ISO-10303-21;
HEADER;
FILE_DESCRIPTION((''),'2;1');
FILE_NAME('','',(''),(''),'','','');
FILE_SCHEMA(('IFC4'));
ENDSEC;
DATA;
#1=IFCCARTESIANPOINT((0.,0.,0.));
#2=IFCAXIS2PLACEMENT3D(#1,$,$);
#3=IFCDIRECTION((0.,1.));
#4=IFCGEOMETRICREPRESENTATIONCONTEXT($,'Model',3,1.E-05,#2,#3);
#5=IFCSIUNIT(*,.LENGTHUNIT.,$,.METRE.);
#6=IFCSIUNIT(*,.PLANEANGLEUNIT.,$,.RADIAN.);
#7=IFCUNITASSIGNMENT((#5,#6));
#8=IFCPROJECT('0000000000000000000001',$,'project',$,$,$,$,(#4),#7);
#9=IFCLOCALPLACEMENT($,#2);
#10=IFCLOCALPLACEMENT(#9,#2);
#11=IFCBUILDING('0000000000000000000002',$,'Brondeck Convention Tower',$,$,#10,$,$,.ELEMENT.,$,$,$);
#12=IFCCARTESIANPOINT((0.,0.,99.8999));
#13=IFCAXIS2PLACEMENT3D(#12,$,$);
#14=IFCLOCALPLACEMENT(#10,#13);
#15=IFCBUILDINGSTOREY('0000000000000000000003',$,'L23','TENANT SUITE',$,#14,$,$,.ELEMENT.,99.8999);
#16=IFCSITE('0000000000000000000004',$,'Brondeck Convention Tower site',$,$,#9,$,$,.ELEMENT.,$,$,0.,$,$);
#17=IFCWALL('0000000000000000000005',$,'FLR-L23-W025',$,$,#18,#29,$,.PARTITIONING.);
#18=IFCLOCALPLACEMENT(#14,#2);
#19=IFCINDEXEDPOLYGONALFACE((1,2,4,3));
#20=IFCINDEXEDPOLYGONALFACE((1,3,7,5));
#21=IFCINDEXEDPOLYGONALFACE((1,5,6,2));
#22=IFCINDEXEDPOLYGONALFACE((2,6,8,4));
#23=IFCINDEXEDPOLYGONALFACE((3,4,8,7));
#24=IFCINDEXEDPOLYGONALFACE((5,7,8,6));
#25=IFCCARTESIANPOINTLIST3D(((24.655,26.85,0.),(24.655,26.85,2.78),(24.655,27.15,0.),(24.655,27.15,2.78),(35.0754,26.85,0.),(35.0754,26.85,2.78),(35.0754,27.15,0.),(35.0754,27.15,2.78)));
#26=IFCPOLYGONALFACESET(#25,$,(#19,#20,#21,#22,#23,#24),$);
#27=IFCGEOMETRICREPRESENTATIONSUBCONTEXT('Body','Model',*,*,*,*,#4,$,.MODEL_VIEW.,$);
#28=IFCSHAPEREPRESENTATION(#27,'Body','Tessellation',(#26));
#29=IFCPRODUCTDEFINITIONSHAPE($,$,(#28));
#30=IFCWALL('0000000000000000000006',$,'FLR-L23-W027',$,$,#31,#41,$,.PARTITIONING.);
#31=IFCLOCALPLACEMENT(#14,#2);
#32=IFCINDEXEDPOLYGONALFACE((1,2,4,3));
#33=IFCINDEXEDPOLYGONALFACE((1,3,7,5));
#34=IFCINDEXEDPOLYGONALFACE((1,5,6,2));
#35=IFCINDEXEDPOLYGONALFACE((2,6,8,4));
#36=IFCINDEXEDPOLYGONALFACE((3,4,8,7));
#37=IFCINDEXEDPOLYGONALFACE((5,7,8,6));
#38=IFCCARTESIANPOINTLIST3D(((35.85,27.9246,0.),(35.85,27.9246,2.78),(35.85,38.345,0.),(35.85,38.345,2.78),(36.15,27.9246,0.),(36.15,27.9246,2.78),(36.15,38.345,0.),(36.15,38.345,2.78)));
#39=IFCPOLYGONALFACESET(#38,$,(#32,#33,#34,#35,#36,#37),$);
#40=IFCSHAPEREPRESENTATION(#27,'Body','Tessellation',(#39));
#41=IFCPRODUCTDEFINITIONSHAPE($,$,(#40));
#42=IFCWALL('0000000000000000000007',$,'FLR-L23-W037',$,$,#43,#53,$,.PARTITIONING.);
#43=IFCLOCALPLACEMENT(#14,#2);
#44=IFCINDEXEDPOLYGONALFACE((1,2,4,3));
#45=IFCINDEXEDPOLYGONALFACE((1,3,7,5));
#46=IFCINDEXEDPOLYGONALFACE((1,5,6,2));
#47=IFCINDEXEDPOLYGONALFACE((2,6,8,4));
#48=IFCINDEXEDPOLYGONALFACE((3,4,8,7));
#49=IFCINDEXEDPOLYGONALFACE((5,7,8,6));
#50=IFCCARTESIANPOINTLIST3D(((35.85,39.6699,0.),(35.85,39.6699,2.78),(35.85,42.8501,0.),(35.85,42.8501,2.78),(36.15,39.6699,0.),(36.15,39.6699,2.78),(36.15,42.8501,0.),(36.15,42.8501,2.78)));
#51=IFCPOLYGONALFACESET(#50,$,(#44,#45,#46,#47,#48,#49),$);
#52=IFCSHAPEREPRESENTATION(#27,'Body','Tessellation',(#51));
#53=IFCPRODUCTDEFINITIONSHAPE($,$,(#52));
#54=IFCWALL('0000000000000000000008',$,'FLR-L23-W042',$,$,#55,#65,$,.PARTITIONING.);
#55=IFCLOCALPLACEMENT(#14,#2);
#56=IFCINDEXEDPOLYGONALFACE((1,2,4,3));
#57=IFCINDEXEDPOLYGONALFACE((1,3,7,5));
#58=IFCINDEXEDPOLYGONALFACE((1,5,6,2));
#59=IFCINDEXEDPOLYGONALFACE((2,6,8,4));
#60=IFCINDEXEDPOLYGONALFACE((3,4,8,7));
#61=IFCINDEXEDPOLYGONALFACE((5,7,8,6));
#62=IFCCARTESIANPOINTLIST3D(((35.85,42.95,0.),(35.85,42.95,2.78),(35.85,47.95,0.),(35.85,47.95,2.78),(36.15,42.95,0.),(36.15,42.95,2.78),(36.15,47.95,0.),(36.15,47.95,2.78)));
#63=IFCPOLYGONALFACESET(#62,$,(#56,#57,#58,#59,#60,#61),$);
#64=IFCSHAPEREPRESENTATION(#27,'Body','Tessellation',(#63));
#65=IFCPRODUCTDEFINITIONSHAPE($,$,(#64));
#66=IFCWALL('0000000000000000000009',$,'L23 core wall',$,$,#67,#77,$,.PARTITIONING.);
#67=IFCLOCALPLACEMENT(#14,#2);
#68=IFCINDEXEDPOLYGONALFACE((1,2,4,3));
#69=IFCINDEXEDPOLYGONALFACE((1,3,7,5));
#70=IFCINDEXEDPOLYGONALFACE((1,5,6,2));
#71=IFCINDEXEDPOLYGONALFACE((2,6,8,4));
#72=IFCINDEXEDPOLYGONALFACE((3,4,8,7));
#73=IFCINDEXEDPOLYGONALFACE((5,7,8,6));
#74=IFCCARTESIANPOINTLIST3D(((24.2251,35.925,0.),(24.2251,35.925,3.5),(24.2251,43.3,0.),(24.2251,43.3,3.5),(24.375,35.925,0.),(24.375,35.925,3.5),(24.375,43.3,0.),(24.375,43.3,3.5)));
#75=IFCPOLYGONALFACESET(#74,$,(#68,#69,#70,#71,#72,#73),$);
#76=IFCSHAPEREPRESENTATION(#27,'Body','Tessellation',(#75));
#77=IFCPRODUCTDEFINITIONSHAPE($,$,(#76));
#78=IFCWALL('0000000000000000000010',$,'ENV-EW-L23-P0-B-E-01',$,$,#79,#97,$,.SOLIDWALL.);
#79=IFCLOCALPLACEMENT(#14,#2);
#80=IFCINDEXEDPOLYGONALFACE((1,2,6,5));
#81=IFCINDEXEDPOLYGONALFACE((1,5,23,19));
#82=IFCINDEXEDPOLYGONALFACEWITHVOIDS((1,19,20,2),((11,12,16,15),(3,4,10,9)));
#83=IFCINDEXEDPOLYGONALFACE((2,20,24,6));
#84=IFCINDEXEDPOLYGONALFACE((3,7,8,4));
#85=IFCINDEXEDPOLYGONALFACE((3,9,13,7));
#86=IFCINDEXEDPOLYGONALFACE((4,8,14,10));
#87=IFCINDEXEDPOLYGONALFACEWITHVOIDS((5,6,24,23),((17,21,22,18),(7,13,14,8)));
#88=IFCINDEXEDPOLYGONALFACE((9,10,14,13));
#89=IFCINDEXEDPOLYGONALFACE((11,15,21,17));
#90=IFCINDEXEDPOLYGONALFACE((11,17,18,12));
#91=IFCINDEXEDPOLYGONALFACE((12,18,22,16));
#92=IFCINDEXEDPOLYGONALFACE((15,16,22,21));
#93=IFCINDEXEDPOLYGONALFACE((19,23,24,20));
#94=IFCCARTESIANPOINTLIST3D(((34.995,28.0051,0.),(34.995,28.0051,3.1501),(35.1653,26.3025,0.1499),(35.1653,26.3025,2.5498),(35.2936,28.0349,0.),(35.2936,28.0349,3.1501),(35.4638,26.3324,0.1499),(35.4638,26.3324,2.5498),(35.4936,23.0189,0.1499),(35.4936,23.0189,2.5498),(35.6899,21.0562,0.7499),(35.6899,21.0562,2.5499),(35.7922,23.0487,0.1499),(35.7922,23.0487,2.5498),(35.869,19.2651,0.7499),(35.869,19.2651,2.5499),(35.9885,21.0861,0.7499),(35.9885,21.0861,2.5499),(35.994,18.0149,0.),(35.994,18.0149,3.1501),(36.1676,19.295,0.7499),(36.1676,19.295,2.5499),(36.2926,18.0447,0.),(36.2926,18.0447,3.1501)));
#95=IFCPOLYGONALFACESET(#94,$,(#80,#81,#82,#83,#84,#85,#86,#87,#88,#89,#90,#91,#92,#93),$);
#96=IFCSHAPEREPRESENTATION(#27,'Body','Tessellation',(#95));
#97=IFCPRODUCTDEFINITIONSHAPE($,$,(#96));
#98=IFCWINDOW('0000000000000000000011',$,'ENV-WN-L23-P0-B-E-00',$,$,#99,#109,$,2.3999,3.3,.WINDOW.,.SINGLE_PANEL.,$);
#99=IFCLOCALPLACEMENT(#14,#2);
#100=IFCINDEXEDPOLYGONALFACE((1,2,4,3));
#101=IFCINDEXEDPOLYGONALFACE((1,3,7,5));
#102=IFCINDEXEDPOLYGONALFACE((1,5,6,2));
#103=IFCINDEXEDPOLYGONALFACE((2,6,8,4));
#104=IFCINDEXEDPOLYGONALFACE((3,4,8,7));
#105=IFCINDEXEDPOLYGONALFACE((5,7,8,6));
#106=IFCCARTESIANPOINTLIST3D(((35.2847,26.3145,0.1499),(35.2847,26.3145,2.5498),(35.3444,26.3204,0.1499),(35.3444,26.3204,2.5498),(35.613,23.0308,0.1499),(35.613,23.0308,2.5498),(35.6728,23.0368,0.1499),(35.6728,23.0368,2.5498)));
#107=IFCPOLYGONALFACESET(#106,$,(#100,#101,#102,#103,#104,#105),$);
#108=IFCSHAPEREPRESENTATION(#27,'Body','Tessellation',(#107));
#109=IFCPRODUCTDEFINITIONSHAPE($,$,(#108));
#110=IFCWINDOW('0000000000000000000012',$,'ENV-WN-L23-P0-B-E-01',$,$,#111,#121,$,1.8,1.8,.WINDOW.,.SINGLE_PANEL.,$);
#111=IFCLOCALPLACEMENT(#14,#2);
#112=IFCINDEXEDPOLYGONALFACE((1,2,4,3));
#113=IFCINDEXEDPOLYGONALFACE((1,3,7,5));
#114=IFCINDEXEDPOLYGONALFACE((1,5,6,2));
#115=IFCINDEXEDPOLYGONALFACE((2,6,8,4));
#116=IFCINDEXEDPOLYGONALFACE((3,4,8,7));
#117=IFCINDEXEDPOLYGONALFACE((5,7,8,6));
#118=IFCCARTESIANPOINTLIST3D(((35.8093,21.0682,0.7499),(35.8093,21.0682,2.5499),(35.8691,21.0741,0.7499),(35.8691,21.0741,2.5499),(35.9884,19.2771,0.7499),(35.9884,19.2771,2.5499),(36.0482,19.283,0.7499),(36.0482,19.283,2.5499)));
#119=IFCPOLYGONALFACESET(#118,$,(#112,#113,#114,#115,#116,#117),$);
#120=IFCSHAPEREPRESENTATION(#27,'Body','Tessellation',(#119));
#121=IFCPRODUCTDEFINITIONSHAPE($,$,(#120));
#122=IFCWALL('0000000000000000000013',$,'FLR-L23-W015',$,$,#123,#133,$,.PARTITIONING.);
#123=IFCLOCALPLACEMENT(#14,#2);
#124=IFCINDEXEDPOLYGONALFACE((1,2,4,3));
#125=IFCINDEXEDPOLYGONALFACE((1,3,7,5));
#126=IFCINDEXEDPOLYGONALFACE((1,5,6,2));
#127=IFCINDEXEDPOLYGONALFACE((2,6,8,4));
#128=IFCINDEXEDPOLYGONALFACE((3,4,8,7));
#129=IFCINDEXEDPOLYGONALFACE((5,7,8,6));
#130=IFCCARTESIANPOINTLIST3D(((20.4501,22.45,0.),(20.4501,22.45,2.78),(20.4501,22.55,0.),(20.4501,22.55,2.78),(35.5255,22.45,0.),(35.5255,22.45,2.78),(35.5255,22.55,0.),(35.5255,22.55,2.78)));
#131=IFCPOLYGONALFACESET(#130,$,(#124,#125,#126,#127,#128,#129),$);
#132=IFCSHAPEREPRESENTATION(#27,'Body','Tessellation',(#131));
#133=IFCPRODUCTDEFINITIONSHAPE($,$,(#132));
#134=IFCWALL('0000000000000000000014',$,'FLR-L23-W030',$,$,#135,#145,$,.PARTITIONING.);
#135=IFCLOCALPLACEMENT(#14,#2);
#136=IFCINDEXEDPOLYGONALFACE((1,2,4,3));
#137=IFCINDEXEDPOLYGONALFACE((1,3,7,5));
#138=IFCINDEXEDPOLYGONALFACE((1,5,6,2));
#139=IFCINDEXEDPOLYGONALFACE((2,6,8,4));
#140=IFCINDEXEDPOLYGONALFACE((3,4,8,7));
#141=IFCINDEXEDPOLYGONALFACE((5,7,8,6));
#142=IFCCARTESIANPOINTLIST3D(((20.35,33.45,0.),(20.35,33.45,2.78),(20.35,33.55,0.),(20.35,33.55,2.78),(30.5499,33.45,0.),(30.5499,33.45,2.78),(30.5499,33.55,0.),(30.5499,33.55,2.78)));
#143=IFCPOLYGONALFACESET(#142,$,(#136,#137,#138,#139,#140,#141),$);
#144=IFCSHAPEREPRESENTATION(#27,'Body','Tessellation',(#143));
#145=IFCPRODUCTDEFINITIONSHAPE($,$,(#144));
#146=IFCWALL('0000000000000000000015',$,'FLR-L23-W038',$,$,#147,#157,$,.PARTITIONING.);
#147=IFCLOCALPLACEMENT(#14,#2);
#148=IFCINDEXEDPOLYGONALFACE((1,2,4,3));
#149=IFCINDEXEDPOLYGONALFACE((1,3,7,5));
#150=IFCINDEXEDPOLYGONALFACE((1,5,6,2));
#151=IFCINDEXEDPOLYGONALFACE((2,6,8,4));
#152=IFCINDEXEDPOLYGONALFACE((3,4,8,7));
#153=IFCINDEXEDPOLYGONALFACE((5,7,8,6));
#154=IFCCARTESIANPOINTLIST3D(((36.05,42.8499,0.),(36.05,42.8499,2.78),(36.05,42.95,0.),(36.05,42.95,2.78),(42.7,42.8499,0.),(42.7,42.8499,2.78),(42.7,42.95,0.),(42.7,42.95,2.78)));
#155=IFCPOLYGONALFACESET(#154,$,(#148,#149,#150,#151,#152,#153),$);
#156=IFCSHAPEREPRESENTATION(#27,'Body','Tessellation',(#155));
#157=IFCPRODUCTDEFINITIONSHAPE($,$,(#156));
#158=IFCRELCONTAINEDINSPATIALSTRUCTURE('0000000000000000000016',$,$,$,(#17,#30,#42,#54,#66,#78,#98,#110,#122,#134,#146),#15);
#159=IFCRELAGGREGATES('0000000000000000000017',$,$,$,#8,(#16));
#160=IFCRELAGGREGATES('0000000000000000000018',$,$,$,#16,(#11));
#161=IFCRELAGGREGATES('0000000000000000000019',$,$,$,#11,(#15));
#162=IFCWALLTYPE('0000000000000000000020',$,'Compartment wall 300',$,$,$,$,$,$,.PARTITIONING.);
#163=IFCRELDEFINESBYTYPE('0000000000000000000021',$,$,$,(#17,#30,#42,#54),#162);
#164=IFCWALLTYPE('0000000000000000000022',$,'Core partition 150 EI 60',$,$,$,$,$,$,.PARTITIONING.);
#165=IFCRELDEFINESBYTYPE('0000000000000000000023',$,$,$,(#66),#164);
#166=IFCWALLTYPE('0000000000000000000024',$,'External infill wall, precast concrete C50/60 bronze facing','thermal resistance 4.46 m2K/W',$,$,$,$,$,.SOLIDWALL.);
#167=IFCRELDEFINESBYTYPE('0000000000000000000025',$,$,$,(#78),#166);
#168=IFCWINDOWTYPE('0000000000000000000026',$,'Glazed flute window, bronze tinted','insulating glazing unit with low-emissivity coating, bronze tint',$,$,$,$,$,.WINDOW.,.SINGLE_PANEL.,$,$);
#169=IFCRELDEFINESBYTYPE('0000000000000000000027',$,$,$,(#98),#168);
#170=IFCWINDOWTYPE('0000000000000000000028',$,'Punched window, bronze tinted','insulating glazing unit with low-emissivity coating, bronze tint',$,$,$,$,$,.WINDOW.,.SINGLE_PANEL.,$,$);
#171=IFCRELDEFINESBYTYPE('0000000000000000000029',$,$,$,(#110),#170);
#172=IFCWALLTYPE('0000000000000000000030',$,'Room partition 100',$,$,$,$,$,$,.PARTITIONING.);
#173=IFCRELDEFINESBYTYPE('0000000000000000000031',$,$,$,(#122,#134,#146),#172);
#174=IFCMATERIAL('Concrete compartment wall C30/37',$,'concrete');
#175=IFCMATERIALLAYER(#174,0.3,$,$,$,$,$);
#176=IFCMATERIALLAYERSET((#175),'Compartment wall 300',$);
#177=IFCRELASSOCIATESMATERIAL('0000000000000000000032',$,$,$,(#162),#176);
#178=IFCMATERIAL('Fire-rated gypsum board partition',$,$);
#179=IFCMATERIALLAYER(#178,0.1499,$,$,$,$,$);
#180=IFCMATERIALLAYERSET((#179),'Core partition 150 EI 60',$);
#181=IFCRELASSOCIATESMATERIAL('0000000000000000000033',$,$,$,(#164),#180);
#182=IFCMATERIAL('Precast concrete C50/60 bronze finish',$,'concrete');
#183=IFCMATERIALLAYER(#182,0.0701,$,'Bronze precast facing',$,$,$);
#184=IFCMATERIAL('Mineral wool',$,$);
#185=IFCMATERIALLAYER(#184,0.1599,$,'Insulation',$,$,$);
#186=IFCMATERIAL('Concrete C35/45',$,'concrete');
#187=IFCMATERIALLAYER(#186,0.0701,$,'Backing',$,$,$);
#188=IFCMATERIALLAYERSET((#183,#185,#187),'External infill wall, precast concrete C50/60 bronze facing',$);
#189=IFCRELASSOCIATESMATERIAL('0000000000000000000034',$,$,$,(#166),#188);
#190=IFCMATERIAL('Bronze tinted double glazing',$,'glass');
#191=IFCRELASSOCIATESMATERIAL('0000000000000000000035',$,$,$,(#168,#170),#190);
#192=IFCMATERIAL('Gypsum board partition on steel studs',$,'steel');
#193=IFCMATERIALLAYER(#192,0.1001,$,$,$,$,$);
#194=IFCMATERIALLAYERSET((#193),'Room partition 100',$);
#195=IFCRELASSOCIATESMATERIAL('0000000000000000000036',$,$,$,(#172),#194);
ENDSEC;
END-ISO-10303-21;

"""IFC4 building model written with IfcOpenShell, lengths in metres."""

from ifc_helpers import new_model, si_unit, direction, frame, frame_2d, origin, place, context, subcontext, project, spatial, rectangle, extrude, material, layer, layer_set, type_object, element, fill, save


model = new_model("IFC4")

# Units and contexts
model_context = context("Model", 3, precision=1e-05, world=origin(), true_north=direction((0.0, 1.0)))
body_context = subcontext(model_context, "Body", "Model", "MODEL_VIEW")
ifc_project = project(units=[si_unit("LENGTHUNIT", "METRE"), si_unit("PLANEANGLEUNIT", "RADIAN")], contexts=[model_context])

# Site, building, storey
site_placement = place(None, origin())
site = spatial("IfcSite", under=ifc_project, at=site_placement, Name="Brondeck Convention Tower site", CompositionType="ELEMENT", RefElevation=0.0)
building_placement = place(site_placement, origin())
building = spatial("IfcBuilding", under=site, at=building_placement, Name="Brondeck Convention Tower", CompositionType="ELEMENT")
storey_placement = place(building_placement, frame((0.0, 0.0, 99.8999)))
storey = spatial("IfcBuildingStorey", under=building, at=storey_placement, Name="L23", Description="TENANT SUITE", CompositionType="ELEMENT", Elevation=99.8999)

# Walls
ifc_material_1 = material(Name="Concrete compartment wall C30/37", Category="concrete")
ifc_layer_1 = layer(ifc_material_1, 0.3)
ifc_layer_set_1 = layer_set([ifc_layer_1], Name="Compartment wall 300")
wall_type_1 = type_object("IfcWallType", Name="Compartment wall 300", PredefinedType="PARTITIONING", material=ifc_layer_set_1)
for number, where, z_axis, x_axis, name in (
    (1, (24.655, 27.0, 0.0), (0.0, 0.0, 1.0), (1.0, 0.0, 0.0), "FLR-L23-W025"),
    (2, (36.0, 27.9246, 0.0), (0.0, 0.0, 1.0), (0.0, 1.0, 0.0), "FLR-L23-W027"),
):
    element("IfcWall", number, at=place(storey_placement, frame(where, z_axis=z_axis, x_axis=x_axis)), inside=storey, type_object=wall_type_1, Name=name, PredefinedType="PARTITIONING", context=body_context, shape_type="SweptSolid", body=[
        extrude(rectangle(XDim=10.4204, YDim=0.3, at=frame_2d((5.2102, 0.0))), origin(), (0.0, 0.0, 1.0), 2.78),
    ])
wall_1_placement = place(storey_placement, frame((36.0, 39.6699, 0.0), z_axis=(0.0, 0.0, 1.0), x_axis=(0.0, 1.0, 0.0)))
element("IfcWall", 3, at=wall_1_placement, inside=storey, type_object=wall_type_1, Name="FLR-L23-W037", PredefinedType="PARTITIONING", context=body_context, shape_type="SweptSolid", body=[
    extrude(rectangle(XDim=3.1802, YDim=0.3, at=frame_2d((1.5901, 0.0))), origin(), (0.0, 0.0, 1.0), 2.78),
])
wall_2_placement = place(storey_placement, frame((36.0, 42.95, 0.0), z_axis=(0.0, 0.0, 1.0), x_axis=(0.0, 1.0, 0.0)))
element("IfcWall", 4, at=wall_2_placement, inside=storey, type_object=wall_type_1, Name="FLR-L23-W042", PredefinedType="PARTITIONING", context=body_context, shape_type="SweptSolid", body=[
    extrude(rectangle(XDim=5.0, YDim=0.3, at=frame_2d((2.5, 0.0))), origin(), (0.0, 0.0, 1.0), 2.78),
])
ifc_material_2 = material(Name="Fire-rated gypsum board partition")
ifc_layer_2 = layer(ifc_material_2, 0.1499)
ifc_layer_set_2 = layer_set([ifc_layer_2], Name="Core partition 150 EI 60")
wall_type_2 = type_object("IfcWallType", Name="Core partition 150 EI 60", PredefinedType="PARTITIONING", material=ifc_layer_set_2)
wall_3_placement = place(storey_placement, frame((24.3, 35.925, 0.0), z_axis=(0.0, 0.0, 1.0), x_axis=(0.0, 1.0, 0.0)))
element("IfcWall", 5, at=wall_3_placement, inside=storey, type_object=wall_type_2, Name="L23 core wall", PredefinedType="PARTITIONING", context=body_context, shape_type="SweptSolid", body=[
    extrude(rectangle(XDim=7.375, YDim=0.1499, at=frame_2d((3.6875, 0.0))), origin(), (0.0, 0.0, 1.0), 3.5),
])

# Wall, openings, windows
ifc_material_3 = material(Name="Precast concrete C50/60 bronze finish", Category="concrete")
ifc_layer_3 = layer(ifc_material_3, 0.0701, Name="Bronze precast facing")
ifc_material_4 = material(Name="Mineral wool")
ifc_layer_4 = layer(ifc_material_4, 0.1599, Name="Insulation")
ifc_material_5 = material(Name="Concrete C35/45", Category="concrete")
ifc_layer_5 = layer(ifc_material_5, 0.0701, Name="Backing")
ifc_layer_set_3 = layer_set([ifc_layer_3, ifc_layer_4, ifc_layer_5], Name="External infill wall, precast concrete C50/60 bronze facing")
wall_type_3 = type_object("IfcWallType", Name="External infill wall, precast concrete C50/60 bronze facing", Description="thermal resistance 4.46 m2K/W", PredefinedType="SOLIDWALL", material=ifc_layer_set_3)
wall_4_placement = place(storey_placement, frame((35.1443, 28.02, 0.0), z_axis=(0.0, 0.0, 1.0), x_axis=(0.099504, -0.995037, 0.0)))
wall_4 = element("IfcWall", 6, at=wall_4_placement, inside=storey, type_object=wall_type_3, Name="ENV-EW-L23-P0-B-E-01", PredefinedType="SOLIDWALL", context=body_context, shape_type="SweptSolid", body=[
    extrude(rectangle(XDim=10.04, YDim=0.3, at=frame_2d((5.02, 0.0))), origin(), (0.0, 0.0, 1.0), 3.1501),
])
opening_1_placement = place(wall_4_placement, frame((1.7112, 0.0, 0.1499)))
opening_1 = element("IfcOpeningElement", 7, at=opening_1_placement, cuts=wall_4, PredefinedType="OPENING", context=body_context, shape_type="SweptSolid", body=[
    extrude(rectangle(XDim=3.3, YDim=2.3999, at=frame_2d((1.6499, 1.2))), frame((0.0, 0.1599, 0.0), z_axis=(0.0, -1.0, 0.0), x_axis=(1.0, 0.0, 0.0)), (0.0, 0.0, 1.0), 0.3201),
])
opening_2_placement = place(wall_4_placement, frame((6.9836, 0.0, 0.75)))
opening_2 = element("IfcOpeningElement", 8, at=opening_2_placement, cuts=wall_4, PredefinedType="OPENING", context=body_context, shape_type="SweptSolid", body=[
    extrude(rectangle(XDim=1.8, YDim=1.8, at=frame_2d((0.8999, 0.8999))), frame((0.0, 0.1599, 0.0), z_axis=(0.0, -1.0, 0.0), x_axis=(1.0, 0.0, 0.0)), (0.0, 0.0, 1.0), 0.3201),
])
ifc_material_6 = material(Name="Bronze tinted double glazing", Category="glass")
window_type_1 = type_object("IfcWindowType", Name="Glazed flute window, bronze tinted", Description="insulating glazing unit with low-emissivity coating, bronze tint", PartitioningType="SINGLE_PANEL", PredefinedType="WINDOW", material=ifc_material_6)
window_1_placement = place(opening_1_placement, origin())
window_1 = element("IfcWindow", 9, at=window_1_placement, inside=storey, type_object=window_type_1, Name="ENV-WN-L23-P0-B-E-00", OverallHeight=2.3999, OverallWidth=3.3, PartitioningType="SINGLE_PANEL", PredefinedType="WINDOW", context=body_context, shape_type="SweptSolid", body=[
    extrude(rectangle(XDim=3.3, YDim=2.3999, at=frame_2d((1.6499, 1.2))), frame((0.0, 0.03, 0.0), z_axis=(0.0, -1.0, 0.0), x_axis=(1.0, 0.0, 0.0)), (0.0, 0.0, 1.0), 0.0601),
])
fill(opening_1, window_1)
window_type_2 = type_object("IfcWindowType", Name="Punched window, bronze tinted", Description="insulating glazing unit with low-emissivity coating, bronze tint", PartitioningType="SINGLE_PANEL", PredefinedType="WINDOW", material=ifc_material_6)
window_2_placement = place(opening_2_placement, origin())
window_2 = element("IfcWindow", 10, at=window_2_placement, inside=storey, type_object=window_type_2, Name="ENV-WN-L23-P0-B-E-01", OverallHeight=1.8, OverallWidth=1.8, PartitioningType="SINGLE_PANEL", PredefinedType="WINDOW", context=body_context, shape_type="SweptSolid", body=[
    extrude(rectangle(XDim=1.8, YDim=1.8, at=frame_2d((0.8999, 0.8999))), frame((0.0, 0.03, 0.0), z_axis=(0.0, -1.0, 0.0), x_axis=(1.0, 0.0, 0.0)), (0.0, 0.0, 1.0), 0.0601),
])
fill(opening_2, window_2)

# Walls
ifc_material_7 = material(Name="Gypsum board partition on steel studs", Category="steel")
ifc_layer_6 = layer(ifc_material_7, 0.1001)
ifc_layer_set_4 = layer_set([ifc_layer_6], Name="Room partition 100")
wall_type_4 = type_object("IfcWallType", Name="Room partition 100", PredefinedType="PARTITIONING", material=ifc_layer_set_4)
wall_5_placement = place(storey_placement, frame((35.5254, 22.5, 0.0), z_axis=(0.0, 0.0, 1.0), x_axis=(-1.0, 0.0, 0.0)))
element("IfcWall", 11, at=wall_5_placement, inside=storey, type_object=wall_type_4, Name="FLR-L23-W015", PredefinedType="PARTITIONING", context=body_context, shape_type="SweptSolid", body=[
    extrude(rectangle(XDim=15.0754, YDim=0.1001, at=frame_2d((7.5376, 0.0))), origin(), (0.0, 0.0, 1.0), 2.78),
])
wall_6_placement = place(storey_placement, frame((30.55, 33.5, 0.0), z_axis=(0.0, 0.0, 1.0), x_axis=(-1.0, 0.0, 0.0)))
element("IfcWall", 12, at=wall_6_placement, inside=storey, type_object=wall_type_4, Name="FLR-L23-W030", PredefinedType="PARTITIONING", context=body_context, shape_type="SweptSolid", body=[
    extrude(rectangle(XDim=10.2, YDim=0.1001, at=frame_2d((5.1001, 0.0))), origin(), (0.0, 0.0, 1.0), 2.78),
])
wall_7_placement = place(storey_placement, frame((36.05, 42.8999, 0.0), z_axis=(0.0, 0.0, 1.0), x_axis=(1.0, 0.0, 0.0)))
element("IfcWall", 13, at=wall_7_placement, inside=storey, type_object=wall_type_4, Name="FLR-L23-W038", PredefinedType="PARTITIONING", context=body_context, shape_type="SweptSolid", body=[
    extrude(rectangle(XDim=6.6499, YDim=0.1001, at=frame_2d((3.325, 0.0))), origin(), (0.0, 0.0, 1.0), 2.78),
])

save(model, "model.ifc")
